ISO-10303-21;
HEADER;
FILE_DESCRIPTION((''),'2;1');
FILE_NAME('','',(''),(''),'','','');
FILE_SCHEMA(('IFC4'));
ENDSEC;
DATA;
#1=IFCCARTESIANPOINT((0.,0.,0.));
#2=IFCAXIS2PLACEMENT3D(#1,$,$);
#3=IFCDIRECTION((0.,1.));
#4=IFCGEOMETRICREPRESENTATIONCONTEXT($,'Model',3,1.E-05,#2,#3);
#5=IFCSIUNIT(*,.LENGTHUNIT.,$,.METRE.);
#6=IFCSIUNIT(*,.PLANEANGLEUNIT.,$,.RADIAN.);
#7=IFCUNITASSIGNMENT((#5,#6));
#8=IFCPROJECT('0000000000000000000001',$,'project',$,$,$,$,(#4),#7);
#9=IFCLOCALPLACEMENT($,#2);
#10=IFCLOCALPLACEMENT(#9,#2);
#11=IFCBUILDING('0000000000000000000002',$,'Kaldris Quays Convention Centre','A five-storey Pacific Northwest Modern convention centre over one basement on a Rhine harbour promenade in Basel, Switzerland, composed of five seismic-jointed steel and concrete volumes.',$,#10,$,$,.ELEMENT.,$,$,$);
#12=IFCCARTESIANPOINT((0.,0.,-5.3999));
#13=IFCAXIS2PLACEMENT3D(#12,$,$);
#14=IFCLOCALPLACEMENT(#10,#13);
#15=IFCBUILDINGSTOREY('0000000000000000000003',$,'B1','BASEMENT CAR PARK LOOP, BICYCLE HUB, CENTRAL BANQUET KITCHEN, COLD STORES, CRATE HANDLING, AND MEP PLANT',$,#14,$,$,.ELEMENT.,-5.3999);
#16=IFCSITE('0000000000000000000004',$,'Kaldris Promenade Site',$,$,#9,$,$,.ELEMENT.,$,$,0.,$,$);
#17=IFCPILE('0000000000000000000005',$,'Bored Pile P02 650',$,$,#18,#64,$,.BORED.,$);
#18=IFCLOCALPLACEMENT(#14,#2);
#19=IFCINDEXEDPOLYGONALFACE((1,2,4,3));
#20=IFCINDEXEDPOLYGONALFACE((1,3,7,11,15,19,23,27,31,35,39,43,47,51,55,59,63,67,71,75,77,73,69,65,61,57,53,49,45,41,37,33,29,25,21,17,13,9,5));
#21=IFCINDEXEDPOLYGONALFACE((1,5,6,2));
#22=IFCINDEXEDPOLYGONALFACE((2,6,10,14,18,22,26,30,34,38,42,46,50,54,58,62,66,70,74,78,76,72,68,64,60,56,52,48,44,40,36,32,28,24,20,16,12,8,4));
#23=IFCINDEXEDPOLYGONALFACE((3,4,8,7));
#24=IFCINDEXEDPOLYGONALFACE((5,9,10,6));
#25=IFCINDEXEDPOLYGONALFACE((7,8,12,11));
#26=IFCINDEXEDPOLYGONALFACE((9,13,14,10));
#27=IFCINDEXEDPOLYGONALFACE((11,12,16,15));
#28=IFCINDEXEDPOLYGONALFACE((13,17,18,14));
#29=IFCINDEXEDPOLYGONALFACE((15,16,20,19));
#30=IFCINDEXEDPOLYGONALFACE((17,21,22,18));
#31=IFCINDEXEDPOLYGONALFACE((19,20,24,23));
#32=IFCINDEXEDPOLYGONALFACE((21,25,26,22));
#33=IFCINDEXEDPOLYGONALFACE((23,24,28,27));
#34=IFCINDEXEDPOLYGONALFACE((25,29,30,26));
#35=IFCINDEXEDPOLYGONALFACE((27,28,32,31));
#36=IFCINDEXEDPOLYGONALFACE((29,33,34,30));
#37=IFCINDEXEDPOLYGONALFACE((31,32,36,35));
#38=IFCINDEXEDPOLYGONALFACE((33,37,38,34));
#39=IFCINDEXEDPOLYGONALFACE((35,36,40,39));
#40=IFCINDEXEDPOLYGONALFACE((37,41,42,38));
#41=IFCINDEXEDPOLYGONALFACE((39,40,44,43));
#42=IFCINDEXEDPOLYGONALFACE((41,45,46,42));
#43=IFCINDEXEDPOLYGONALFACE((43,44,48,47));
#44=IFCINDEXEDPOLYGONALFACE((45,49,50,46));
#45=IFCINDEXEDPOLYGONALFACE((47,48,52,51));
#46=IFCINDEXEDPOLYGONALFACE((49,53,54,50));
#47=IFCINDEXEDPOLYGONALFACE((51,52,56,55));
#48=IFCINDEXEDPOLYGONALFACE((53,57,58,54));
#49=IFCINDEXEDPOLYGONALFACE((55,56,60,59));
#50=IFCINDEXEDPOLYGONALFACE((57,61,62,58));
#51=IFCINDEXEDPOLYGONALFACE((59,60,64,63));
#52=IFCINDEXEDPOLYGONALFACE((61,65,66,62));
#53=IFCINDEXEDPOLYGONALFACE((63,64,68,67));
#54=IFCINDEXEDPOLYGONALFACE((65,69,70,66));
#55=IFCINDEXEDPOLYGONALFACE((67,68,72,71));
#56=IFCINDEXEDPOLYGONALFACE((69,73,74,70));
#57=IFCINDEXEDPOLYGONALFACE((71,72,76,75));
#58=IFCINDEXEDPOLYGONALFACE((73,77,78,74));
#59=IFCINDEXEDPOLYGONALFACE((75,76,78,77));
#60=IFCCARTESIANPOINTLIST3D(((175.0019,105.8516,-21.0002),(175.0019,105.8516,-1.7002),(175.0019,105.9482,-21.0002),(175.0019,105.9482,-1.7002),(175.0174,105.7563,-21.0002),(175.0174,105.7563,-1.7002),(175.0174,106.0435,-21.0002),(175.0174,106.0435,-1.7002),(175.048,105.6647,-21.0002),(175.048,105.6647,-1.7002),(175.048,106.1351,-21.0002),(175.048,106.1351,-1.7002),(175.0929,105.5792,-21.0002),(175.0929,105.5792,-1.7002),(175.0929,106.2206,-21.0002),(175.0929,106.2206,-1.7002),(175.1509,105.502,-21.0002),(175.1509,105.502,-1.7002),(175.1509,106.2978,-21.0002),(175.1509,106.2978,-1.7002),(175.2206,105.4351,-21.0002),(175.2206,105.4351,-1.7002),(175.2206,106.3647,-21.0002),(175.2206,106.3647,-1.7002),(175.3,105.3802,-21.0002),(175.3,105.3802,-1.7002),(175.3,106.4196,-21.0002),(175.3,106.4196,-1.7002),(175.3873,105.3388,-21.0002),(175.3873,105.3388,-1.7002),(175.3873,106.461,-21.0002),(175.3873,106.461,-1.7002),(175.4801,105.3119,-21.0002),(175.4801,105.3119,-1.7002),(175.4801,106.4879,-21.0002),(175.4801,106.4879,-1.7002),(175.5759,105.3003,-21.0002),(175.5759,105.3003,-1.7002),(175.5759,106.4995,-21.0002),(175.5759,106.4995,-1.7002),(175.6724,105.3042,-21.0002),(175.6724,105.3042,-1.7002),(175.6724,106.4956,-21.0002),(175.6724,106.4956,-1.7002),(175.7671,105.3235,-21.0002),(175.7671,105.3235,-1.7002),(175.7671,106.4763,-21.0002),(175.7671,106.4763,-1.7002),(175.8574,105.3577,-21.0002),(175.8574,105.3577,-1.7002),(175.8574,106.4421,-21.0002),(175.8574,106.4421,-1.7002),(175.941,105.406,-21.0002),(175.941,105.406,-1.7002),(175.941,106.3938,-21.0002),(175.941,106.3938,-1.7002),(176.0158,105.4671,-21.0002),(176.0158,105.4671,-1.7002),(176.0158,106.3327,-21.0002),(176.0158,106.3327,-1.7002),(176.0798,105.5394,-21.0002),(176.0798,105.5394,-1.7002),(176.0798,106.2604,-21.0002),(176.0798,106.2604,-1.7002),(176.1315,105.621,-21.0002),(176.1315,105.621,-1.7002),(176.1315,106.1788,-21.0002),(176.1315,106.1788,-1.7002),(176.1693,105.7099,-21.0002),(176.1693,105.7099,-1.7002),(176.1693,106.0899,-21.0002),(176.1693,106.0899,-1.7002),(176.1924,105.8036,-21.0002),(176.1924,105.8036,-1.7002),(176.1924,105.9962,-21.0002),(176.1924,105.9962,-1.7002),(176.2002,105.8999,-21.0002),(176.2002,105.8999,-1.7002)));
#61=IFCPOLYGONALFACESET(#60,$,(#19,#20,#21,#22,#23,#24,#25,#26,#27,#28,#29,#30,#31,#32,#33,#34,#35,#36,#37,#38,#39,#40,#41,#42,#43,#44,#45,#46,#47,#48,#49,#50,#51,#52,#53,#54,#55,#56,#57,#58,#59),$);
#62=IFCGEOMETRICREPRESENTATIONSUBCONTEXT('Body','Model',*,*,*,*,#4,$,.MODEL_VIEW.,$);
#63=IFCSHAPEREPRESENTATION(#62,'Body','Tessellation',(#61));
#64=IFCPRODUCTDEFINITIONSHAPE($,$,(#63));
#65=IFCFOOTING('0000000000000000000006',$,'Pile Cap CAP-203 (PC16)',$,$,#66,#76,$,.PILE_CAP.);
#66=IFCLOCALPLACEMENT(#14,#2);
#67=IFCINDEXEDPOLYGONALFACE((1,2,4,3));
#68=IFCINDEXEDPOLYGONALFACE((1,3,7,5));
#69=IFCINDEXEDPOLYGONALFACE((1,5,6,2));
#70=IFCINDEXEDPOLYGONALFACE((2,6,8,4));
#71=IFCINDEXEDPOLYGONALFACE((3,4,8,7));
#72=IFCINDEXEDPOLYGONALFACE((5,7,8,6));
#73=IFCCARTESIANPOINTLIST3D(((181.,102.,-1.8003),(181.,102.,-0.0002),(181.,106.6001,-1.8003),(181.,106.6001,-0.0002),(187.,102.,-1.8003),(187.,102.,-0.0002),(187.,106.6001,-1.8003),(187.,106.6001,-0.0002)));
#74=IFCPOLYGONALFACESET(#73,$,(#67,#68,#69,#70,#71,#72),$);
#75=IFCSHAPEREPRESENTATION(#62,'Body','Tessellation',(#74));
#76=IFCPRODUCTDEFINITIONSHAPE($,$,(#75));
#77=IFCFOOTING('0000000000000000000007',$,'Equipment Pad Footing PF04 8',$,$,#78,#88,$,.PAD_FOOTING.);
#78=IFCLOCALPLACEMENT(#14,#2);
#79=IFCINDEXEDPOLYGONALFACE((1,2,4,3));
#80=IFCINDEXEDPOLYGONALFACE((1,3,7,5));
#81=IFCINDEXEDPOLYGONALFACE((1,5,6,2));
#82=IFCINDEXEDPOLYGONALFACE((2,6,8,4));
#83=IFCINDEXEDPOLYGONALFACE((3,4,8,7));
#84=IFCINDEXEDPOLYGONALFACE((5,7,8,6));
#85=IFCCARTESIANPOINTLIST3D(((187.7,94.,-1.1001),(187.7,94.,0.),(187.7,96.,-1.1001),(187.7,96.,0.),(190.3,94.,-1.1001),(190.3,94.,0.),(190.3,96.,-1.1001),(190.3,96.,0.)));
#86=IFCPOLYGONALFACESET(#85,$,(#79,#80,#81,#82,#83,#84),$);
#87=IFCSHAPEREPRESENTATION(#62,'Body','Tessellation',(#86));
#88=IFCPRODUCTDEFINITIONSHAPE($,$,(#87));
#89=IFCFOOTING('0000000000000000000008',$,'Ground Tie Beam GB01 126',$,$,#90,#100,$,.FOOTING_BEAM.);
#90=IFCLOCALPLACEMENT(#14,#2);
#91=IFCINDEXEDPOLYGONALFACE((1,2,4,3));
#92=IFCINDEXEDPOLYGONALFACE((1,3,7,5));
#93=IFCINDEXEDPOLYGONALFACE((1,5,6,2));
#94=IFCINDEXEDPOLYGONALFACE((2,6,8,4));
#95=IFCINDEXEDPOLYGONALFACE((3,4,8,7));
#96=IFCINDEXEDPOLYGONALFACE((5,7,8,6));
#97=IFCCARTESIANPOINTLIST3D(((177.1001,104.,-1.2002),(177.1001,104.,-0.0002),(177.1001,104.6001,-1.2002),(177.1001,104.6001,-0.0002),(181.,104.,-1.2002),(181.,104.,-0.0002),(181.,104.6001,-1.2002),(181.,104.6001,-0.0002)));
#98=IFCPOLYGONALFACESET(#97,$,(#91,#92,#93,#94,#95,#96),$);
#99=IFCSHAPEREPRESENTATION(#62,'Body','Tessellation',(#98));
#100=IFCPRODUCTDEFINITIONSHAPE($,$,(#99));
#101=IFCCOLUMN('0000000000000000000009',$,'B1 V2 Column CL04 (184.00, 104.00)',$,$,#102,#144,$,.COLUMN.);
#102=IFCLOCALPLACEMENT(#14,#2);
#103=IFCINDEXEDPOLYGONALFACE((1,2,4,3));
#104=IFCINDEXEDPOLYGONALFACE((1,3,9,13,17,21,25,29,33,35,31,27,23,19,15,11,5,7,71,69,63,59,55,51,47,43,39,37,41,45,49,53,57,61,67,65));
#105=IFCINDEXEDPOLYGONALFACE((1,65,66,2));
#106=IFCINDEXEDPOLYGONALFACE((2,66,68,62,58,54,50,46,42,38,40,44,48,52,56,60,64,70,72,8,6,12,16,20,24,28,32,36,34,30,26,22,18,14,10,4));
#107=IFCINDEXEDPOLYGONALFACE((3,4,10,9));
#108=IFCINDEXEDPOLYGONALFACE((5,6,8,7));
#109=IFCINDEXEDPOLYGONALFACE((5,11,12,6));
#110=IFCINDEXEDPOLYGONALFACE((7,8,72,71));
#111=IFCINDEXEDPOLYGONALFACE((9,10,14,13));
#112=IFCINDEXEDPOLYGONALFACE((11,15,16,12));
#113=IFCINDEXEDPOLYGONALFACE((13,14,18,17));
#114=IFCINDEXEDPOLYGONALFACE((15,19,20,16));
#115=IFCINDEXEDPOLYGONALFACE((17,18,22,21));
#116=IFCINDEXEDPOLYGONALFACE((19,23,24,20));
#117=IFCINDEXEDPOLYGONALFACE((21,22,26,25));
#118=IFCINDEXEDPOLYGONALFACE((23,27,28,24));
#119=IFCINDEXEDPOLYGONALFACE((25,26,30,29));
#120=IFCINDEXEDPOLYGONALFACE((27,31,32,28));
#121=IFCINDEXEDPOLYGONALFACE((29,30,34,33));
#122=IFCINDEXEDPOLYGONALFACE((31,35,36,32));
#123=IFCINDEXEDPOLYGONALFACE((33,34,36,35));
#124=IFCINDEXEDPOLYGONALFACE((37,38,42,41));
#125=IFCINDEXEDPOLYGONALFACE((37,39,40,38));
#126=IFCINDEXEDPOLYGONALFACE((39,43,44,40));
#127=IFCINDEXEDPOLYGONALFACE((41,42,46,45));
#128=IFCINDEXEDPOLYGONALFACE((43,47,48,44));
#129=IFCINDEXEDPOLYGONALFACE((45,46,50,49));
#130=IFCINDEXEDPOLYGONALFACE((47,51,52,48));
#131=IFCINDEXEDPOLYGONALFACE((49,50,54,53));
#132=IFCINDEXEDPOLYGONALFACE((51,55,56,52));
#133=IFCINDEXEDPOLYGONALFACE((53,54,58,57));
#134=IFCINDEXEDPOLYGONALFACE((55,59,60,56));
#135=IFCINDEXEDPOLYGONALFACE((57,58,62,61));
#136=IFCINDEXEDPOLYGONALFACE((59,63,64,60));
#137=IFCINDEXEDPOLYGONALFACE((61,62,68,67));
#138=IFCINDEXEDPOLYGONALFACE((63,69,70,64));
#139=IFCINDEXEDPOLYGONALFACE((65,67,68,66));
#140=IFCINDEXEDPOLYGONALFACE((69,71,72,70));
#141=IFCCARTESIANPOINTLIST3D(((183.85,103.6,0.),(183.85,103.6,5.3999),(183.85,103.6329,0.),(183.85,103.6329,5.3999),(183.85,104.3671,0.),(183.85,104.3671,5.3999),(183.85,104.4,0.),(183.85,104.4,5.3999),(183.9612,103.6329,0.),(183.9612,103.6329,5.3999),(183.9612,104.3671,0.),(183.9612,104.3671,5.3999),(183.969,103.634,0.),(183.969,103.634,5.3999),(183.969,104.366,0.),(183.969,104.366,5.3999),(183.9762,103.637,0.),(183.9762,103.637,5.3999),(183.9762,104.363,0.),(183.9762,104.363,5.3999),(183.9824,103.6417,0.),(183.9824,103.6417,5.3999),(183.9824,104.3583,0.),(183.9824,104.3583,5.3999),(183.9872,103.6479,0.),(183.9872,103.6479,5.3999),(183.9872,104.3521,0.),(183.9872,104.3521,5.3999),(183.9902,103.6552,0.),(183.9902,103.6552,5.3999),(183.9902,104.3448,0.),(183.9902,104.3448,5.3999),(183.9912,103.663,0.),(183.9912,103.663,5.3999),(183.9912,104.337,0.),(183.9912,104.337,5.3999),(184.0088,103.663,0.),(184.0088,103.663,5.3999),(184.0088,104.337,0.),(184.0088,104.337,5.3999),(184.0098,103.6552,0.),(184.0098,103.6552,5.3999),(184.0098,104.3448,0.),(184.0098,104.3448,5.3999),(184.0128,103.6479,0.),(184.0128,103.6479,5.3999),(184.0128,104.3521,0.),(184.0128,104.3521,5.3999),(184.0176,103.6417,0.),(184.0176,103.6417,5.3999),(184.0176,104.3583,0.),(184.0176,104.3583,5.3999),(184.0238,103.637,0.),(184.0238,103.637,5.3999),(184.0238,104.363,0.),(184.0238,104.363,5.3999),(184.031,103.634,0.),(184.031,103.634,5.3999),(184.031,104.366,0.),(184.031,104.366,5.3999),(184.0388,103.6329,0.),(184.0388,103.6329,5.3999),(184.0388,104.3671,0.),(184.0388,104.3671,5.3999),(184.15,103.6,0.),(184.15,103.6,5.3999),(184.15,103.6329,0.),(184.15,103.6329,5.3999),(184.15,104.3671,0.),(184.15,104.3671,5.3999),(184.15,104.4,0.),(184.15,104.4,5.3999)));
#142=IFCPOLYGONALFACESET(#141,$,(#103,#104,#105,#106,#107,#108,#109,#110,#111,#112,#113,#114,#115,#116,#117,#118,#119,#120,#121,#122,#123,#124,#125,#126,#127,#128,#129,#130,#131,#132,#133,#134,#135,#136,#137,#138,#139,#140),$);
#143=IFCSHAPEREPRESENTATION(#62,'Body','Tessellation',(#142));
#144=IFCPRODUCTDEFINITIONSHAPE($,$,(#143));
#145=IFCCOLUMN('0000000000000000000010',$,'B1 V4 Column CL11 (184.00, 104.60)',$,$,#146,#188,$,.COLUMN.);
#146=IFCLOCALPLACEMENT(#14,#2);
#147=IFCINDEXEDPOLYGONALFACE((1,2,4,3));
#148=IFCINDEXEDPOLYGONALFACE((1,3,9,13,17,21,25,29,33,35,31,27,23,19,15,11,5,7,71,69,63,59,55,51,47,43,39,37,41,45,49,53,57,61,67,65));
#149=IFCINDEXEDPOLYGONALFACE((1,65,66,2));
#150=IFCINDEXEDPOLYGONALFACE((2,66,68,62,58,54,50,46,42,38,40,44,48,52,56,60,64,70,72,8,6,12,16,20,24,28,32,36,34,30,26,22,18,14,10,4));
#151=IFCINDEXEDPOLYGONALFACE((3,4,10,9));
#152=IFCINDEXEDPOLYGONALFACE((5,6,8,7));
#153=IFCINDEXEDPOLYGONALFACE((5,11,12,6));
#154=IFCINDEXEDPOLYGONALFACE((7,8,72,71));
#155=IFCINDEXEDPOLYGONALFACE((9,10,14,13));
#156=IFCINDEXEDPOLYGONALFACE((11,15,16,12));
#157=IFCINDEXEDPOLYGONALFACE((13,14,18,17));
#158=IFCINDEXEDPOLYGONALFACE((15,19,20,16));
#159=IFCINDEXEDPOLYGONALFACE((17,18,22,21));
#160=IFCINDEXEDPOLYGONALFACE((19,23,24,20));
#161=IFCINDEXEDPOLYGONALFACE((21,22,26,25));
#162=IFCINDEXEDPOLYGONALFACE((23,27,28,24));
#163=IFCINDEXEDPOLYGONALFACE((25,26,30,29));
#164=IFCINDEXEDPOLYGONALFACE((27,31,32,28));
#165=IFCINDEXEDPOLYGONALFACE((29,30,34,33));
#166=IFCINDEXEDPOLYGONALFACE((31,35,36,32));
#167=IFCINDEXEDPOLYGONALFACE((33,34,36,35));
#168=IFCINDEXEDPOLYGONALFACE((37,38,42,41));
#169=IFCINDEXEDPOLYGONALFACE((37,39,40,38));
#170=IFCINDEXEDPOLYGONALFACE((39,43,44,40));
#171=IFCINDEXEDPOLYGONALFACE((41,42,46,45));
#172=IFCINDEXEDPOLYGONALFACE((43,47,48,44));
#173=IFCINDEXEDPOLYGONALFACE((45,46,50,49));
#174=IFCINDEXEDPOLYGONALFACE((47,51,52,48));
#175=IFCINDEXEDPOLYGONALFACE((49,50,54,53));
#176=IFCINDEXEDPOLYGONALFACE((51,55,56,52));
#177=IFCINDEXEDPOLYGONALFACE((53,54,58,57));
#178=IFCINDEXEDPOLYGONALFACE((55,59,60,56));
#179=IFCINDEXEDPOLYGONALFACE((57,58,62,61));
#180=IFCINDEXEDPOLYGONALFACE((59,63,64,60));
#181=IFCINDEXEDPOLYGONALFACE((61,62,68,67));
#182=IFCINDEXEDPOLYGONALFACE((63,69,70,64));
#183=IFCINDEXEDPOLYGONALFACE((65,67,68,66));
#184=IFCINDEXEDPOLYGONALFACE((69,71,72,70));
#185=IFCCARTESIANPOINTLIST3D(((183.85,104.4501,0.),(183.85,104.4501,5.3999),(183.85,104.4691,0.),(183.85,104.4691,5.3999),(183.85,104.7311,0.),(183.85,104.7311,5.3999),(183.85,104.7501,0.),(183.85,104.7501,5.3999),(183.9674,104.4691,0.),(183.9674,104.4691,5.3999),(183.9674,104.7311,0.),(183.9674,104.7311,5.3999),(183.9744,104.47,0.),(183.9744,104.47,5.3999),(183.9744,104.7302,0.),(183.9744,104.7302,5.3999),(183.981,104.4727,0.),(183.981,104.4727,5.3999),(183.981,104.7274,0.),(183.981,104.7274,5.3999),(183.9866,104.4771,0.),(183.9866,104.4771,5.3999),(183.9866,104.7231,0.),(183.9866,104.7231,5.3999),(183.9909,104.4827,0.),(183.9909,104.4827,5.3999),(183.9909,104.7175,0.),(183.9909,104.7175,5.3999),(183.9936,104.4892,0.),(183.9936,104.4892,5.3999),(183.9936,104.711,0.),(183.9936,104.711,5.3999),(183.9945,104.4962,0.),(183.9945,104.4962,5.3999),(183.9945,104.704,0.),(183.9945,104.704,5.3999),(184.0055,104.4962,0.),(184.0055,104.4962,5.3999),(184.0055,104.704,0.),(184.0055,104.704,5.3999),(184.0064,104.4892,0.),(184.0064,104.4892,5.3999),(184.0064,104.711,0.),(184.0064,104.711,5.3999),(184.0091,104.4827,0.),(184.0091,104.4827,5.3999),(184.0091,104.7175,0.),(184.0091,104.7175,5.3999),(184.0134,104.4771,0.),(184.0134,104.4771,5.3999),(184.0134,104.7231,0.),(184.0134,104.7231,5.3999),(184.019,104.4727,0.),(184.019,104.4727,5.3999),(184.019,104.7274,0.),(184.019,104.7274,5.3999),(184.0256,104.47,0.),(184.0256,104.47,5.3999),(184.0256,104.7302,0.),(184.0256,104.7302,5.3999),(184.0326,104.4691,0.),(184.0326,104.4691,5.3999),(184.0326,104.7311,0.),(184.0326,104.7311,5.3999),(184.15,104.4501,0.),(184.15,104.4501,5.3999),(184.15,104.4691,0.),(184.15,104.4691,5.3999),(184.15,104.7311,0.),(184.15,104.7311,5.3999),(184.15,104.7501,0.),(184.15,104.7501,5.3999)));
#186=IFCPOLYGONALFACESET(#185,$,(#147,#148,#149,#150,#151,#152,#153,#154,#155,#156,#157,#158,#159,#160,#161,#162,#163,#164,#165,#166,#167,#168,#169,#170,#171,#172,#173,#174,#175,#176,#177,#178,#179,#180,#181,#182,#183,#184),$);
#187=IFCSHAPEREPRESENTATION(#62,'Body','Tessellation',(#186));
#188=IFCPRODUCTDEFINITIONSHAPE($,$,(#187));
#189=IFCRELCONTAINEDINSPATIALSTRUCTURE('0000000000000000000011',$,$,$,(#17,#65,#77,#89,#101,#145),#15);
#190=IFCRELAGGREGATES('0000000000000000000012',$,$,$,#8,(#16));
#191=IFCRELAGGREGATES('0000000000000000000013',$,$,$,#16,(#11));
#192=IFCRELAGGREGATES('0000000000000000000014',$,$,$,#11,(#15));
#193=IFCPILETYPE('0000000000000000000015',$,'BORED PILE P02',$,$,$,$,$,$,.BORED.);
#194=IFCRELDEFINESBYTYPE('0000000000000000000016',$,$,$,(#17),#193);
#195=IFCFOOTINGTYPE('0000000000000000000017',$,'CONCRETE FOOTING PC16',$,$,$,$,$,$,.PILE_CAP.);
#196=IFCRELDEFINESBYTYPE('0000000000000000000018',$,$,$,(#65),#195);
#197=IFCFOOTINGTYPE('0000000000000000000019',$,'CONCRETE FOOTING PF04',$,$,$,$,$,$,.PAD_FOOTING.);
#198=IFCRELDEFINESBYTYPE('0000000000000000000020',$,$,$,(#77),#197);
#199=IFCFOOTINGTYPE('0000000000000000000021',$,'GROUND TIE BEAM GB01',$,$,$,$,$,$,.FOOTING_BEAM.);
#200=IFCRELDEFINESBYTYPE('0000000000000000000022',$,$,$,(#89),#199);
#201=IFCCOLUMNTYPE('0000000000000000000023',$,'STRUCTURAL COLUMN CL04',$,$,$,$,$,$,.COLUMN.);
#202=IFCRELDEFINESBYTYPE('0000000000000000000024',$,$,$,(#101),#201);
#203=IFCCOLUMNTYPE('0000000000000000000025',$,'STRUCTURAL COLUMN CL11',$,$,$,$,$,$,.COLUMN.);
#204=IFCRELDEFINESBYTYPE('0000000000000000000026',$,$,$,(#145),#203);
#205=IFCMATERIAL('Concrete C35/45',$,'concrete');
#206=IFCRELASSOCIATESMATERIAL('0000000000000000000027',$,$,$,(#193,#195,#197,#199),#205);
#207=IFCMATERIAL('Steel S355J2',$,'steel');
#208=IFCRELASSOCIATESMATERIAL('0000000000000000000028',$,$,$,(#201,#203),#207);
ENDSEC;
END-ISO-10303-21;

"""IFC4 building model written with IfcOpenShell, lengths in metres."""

from ifc_helpers import new_model, si_unit, direction, frame, origin, origin_2d, place, context, subcontext, project, spatial, rectangle, circle, i_section, extrude, material, material_profile, profile_set, type_object, element, save


model = new_model("IFC4")

# Units and contexts
model_context = context("Model", 3, precision=1e-05, world=origin(), true_north=direction((0.0, 1.0)))
body_context = subcontext(model_context, "Body", "Model", "MODEL_VIEW")
ifc_project = project(units=[si_unit("LENGTHUNIT", "METRE"), si_unit("PLANEANGLEUNIT", "RADIAN")], contexts=[model_context])

# Site, building, storey
site_placement = place(None, origin())
site = spatial("IfcSite", under=ifc_project, at=site_placement, Name="Kaldris Promenade Site", CompositionType="ELEMENT", RefElevation=0.0)
building_placement = place(site_placement, origin())
building = spatial("IfcBuilding", under=site, at=building_placement, Name="Kaldris Quays Convention Centre", Description="A five-storey Pacific Northwest Modern convention centre over one basement on a Rhine harbour promenade in Basel, Switzerland, composed of five seismic-jointed steel and concrete volumes.", CompositionType="ELEMENT")
storey_placement = place(building_placement, frame((0.0, 0.0, -5.3999)))
storey = spatial("IfcBuildingStorey", under=building, at=storey_placement, Name="B1", Description="BASEMENT CAR PARK LOOP, BICYCLE HUB, CENTRAL BANQUET KITCHEN, COLD STORES, CRATE HANDLING, AND MEP PLANT", CompositionType="ELEMENT", Elevation=-5.3999)

# Pile
ifc_material_1 = material(Name="Concrete C35/45", Category="concrete")
ifc_material_profile_1 = material_profile(ifc_material_1, circle(Radius=0.6001, at=origin_2d()), Name="BORED PILE D1200")
ifc_profile_set_1 = profile_set([ifc_material_profile_1], Name="Concrete C35/45")
pile_type_1 = type_object("IfcPileType", Name="BORED PILE P02", PredefinedType="BORED", material=ifc_profile_set_1)
for number, where, z_axis, x_axis, name in (
    (1, (175.6001, 105.8999, -1.7002), (0.0, 0.0, -1.0), (1.0, 0.0, 0.0), "Bored Pile P02 650"),
):
    element("IfcPile", number, at=place(storey_placement, frame(where, z_axis=z_axis, x_axis=x_axis)), inside=storey, type_object=pile_type_1, Name=name, PredefinedType="BORED", context=body_context, shape_type="SweptSolid", body=[
        extrude(circle(Radius=0.6001, at=origin_2d()), origin(), (0.0, 0.0, 1.0), 19.3),
    ])

# Footings
footing_type_1 = type_object("IfcFootingType", Name="CONCRETE FOOTING PC16", PredefinedType="PILE_CAP", material=ifc_material_1)
footing_1_placement = place(storey_placement, frame((184.0, 104.3, -1.8003), z_axis=(0.0, 0.0, 1.0), x_axis=(1.0, 0.0, 0.0)))
element("IfcFooting", 2, at=footing_1_placement, inside=storey, type_object=footing_type_1, Name="Pile Cap CAP-203 (PC16)", PredefinedType="PILE_CAP", context=body_context, shape_type="SweptSolid", body=[
    extrude(rectangle(XDim=6.0, YDim=4.6001, at=origin_2d()), origin(), (0.0, 0.0, 1.0), 1.8),
])
footing_type_2 = type_object("IfcFootingType", Name="CONCRETE FOOTING PF04", PredefinedType="PAD_FOOTING", material=ifc_material_1)
footing_2_placement = place(storey_placement, frame((189.0, 95.0, -1.1001), z_axis=(0.0, 0.0, 1.0), x_axis=(1.0, 0.0, 0.0)))
element("IfcFooting", 3, at=footing_2_placement, inside=storey, type_object=footing_type_2, Name="Equipment Pad Footing PF04 8", PredefinedType="PAD_FOOTING", context=body_context, shape_type="SweptSolid", body=[
    extrude(rectangle(XDim=2.6001, YDim=2.0, at=origin_2d()), origin(), (0.0, 0.0, 1.0), 1.1001),
])
footing_type_3 = type_object("IfcFootingType", Name="GROUND TIE BEAM GB01", PredefinedType="FOOTING_BEAM", material=ifc_material_1)
footing_3_placement = place(storey_placement, frame((179.05, 104.3, -1.2002), z_axis=(0.0, 0.0, 1.0), x_axis=(1.0, 0.0, 0.0)))
element("IfcFooting", 4, at=footing_3_placement, inside=storey, type_object=footing_type_3, Name="Ground Tie Beam GB01 126", PredefinedType="FOOTING_BEAM", context=body_context, shape_type="SweptSolid", body=[
    extrude(rectangle(XDim=3.8999, YDim=0.6001, at=origin_2d()), origin(), (0.0, 0.0, 1.0), 1.2),
])

# Columns
ifc_material_2 = material(Name="Steel S355J2", Category="steel")
ifc_material_profile_2 = material_profile(ifc_material_2, i_section(OverallWidth=0.3, OverallDepth=0.8, WebThickness=0.0176, FlangeThickness=0.033, FilletRadius=0.03, at=origin_2d()), Name="HEB 800")
ifc_profile_set_2 = profile_set([ifc_material_profile_2], Name="Steel S355J2")
column_type_1 = type_object("IfcColumnType", Name="STRUCTURAL COLUMN CL04", PredefinedType="COLUMN", material=ifc_profile_set_2)
column_1_placement = place(storey_placement, frame((184.0, 104.0, 0.0), z_axis=(0.0, 0.0, 1.0), x_axis=(1.0, 0.0, 0.0)))
element("IfcColumn", 5, at=column_1_placement, inside=storey, type_object=column_type_1, Name="B1 V2 Column CL04 (184.00, 104.00)", PredefinedType="COLUMN", context=body_context, shape_type="SweptSolid", body=[
    extrude(i_section(OverallWidth=0.3, OverallDepth=0.8, WebThickness=0.0176, FlangeThickness=0.033, FilletRadius=0.03, at=origin_2d()), origin(), (0.0, 0.0, 1.0), 5.3999),
])
ifc_material_profile_3 = material_profile(ifc_material_2, i_section(OverallWidth=0.3, OverallDepth=0.3, WebThickness=0.011, FlangeThickness=0.019, FilletRadius=0.0271, at=origin_2d()), Name="HEB 300")
ifc_profile_set_3 = profile_set([ifc_material_profile_3], Name="Steel S355J2")
column_type_2 = type_object("IfcColumnType", Name="STRUCTURAL COLUMN CL11", PredefinedType="COLUMN", material=ifc_profile_set_3)
column_2_placement = place(storey_placement, frame((184.0, 104.6001, 0.0), z_axis=(0.0, 0.0, 1.0), x_axis=(1.0, 0.0, 0.0)))
element("IfcColumn", 6, at=column_2_placement, inside=storey, type_object=column_type_2, Name="B1 V4 Column CL11 (184.00, 104.60)", PredefinedType="COLUMN", context=body_context, shape_type="SweptSolid", body=[
    extrude(i_section(OverallWidth=0.3, OverallDepth=0.3, WebThickness=0.011, FlangeThickness=0.019, FilletRadius=0.0271, at=origin_2d()), origin(), (0.0, 0.0, 1.0), 5.3999),
])

save(model, "model.ifc")
